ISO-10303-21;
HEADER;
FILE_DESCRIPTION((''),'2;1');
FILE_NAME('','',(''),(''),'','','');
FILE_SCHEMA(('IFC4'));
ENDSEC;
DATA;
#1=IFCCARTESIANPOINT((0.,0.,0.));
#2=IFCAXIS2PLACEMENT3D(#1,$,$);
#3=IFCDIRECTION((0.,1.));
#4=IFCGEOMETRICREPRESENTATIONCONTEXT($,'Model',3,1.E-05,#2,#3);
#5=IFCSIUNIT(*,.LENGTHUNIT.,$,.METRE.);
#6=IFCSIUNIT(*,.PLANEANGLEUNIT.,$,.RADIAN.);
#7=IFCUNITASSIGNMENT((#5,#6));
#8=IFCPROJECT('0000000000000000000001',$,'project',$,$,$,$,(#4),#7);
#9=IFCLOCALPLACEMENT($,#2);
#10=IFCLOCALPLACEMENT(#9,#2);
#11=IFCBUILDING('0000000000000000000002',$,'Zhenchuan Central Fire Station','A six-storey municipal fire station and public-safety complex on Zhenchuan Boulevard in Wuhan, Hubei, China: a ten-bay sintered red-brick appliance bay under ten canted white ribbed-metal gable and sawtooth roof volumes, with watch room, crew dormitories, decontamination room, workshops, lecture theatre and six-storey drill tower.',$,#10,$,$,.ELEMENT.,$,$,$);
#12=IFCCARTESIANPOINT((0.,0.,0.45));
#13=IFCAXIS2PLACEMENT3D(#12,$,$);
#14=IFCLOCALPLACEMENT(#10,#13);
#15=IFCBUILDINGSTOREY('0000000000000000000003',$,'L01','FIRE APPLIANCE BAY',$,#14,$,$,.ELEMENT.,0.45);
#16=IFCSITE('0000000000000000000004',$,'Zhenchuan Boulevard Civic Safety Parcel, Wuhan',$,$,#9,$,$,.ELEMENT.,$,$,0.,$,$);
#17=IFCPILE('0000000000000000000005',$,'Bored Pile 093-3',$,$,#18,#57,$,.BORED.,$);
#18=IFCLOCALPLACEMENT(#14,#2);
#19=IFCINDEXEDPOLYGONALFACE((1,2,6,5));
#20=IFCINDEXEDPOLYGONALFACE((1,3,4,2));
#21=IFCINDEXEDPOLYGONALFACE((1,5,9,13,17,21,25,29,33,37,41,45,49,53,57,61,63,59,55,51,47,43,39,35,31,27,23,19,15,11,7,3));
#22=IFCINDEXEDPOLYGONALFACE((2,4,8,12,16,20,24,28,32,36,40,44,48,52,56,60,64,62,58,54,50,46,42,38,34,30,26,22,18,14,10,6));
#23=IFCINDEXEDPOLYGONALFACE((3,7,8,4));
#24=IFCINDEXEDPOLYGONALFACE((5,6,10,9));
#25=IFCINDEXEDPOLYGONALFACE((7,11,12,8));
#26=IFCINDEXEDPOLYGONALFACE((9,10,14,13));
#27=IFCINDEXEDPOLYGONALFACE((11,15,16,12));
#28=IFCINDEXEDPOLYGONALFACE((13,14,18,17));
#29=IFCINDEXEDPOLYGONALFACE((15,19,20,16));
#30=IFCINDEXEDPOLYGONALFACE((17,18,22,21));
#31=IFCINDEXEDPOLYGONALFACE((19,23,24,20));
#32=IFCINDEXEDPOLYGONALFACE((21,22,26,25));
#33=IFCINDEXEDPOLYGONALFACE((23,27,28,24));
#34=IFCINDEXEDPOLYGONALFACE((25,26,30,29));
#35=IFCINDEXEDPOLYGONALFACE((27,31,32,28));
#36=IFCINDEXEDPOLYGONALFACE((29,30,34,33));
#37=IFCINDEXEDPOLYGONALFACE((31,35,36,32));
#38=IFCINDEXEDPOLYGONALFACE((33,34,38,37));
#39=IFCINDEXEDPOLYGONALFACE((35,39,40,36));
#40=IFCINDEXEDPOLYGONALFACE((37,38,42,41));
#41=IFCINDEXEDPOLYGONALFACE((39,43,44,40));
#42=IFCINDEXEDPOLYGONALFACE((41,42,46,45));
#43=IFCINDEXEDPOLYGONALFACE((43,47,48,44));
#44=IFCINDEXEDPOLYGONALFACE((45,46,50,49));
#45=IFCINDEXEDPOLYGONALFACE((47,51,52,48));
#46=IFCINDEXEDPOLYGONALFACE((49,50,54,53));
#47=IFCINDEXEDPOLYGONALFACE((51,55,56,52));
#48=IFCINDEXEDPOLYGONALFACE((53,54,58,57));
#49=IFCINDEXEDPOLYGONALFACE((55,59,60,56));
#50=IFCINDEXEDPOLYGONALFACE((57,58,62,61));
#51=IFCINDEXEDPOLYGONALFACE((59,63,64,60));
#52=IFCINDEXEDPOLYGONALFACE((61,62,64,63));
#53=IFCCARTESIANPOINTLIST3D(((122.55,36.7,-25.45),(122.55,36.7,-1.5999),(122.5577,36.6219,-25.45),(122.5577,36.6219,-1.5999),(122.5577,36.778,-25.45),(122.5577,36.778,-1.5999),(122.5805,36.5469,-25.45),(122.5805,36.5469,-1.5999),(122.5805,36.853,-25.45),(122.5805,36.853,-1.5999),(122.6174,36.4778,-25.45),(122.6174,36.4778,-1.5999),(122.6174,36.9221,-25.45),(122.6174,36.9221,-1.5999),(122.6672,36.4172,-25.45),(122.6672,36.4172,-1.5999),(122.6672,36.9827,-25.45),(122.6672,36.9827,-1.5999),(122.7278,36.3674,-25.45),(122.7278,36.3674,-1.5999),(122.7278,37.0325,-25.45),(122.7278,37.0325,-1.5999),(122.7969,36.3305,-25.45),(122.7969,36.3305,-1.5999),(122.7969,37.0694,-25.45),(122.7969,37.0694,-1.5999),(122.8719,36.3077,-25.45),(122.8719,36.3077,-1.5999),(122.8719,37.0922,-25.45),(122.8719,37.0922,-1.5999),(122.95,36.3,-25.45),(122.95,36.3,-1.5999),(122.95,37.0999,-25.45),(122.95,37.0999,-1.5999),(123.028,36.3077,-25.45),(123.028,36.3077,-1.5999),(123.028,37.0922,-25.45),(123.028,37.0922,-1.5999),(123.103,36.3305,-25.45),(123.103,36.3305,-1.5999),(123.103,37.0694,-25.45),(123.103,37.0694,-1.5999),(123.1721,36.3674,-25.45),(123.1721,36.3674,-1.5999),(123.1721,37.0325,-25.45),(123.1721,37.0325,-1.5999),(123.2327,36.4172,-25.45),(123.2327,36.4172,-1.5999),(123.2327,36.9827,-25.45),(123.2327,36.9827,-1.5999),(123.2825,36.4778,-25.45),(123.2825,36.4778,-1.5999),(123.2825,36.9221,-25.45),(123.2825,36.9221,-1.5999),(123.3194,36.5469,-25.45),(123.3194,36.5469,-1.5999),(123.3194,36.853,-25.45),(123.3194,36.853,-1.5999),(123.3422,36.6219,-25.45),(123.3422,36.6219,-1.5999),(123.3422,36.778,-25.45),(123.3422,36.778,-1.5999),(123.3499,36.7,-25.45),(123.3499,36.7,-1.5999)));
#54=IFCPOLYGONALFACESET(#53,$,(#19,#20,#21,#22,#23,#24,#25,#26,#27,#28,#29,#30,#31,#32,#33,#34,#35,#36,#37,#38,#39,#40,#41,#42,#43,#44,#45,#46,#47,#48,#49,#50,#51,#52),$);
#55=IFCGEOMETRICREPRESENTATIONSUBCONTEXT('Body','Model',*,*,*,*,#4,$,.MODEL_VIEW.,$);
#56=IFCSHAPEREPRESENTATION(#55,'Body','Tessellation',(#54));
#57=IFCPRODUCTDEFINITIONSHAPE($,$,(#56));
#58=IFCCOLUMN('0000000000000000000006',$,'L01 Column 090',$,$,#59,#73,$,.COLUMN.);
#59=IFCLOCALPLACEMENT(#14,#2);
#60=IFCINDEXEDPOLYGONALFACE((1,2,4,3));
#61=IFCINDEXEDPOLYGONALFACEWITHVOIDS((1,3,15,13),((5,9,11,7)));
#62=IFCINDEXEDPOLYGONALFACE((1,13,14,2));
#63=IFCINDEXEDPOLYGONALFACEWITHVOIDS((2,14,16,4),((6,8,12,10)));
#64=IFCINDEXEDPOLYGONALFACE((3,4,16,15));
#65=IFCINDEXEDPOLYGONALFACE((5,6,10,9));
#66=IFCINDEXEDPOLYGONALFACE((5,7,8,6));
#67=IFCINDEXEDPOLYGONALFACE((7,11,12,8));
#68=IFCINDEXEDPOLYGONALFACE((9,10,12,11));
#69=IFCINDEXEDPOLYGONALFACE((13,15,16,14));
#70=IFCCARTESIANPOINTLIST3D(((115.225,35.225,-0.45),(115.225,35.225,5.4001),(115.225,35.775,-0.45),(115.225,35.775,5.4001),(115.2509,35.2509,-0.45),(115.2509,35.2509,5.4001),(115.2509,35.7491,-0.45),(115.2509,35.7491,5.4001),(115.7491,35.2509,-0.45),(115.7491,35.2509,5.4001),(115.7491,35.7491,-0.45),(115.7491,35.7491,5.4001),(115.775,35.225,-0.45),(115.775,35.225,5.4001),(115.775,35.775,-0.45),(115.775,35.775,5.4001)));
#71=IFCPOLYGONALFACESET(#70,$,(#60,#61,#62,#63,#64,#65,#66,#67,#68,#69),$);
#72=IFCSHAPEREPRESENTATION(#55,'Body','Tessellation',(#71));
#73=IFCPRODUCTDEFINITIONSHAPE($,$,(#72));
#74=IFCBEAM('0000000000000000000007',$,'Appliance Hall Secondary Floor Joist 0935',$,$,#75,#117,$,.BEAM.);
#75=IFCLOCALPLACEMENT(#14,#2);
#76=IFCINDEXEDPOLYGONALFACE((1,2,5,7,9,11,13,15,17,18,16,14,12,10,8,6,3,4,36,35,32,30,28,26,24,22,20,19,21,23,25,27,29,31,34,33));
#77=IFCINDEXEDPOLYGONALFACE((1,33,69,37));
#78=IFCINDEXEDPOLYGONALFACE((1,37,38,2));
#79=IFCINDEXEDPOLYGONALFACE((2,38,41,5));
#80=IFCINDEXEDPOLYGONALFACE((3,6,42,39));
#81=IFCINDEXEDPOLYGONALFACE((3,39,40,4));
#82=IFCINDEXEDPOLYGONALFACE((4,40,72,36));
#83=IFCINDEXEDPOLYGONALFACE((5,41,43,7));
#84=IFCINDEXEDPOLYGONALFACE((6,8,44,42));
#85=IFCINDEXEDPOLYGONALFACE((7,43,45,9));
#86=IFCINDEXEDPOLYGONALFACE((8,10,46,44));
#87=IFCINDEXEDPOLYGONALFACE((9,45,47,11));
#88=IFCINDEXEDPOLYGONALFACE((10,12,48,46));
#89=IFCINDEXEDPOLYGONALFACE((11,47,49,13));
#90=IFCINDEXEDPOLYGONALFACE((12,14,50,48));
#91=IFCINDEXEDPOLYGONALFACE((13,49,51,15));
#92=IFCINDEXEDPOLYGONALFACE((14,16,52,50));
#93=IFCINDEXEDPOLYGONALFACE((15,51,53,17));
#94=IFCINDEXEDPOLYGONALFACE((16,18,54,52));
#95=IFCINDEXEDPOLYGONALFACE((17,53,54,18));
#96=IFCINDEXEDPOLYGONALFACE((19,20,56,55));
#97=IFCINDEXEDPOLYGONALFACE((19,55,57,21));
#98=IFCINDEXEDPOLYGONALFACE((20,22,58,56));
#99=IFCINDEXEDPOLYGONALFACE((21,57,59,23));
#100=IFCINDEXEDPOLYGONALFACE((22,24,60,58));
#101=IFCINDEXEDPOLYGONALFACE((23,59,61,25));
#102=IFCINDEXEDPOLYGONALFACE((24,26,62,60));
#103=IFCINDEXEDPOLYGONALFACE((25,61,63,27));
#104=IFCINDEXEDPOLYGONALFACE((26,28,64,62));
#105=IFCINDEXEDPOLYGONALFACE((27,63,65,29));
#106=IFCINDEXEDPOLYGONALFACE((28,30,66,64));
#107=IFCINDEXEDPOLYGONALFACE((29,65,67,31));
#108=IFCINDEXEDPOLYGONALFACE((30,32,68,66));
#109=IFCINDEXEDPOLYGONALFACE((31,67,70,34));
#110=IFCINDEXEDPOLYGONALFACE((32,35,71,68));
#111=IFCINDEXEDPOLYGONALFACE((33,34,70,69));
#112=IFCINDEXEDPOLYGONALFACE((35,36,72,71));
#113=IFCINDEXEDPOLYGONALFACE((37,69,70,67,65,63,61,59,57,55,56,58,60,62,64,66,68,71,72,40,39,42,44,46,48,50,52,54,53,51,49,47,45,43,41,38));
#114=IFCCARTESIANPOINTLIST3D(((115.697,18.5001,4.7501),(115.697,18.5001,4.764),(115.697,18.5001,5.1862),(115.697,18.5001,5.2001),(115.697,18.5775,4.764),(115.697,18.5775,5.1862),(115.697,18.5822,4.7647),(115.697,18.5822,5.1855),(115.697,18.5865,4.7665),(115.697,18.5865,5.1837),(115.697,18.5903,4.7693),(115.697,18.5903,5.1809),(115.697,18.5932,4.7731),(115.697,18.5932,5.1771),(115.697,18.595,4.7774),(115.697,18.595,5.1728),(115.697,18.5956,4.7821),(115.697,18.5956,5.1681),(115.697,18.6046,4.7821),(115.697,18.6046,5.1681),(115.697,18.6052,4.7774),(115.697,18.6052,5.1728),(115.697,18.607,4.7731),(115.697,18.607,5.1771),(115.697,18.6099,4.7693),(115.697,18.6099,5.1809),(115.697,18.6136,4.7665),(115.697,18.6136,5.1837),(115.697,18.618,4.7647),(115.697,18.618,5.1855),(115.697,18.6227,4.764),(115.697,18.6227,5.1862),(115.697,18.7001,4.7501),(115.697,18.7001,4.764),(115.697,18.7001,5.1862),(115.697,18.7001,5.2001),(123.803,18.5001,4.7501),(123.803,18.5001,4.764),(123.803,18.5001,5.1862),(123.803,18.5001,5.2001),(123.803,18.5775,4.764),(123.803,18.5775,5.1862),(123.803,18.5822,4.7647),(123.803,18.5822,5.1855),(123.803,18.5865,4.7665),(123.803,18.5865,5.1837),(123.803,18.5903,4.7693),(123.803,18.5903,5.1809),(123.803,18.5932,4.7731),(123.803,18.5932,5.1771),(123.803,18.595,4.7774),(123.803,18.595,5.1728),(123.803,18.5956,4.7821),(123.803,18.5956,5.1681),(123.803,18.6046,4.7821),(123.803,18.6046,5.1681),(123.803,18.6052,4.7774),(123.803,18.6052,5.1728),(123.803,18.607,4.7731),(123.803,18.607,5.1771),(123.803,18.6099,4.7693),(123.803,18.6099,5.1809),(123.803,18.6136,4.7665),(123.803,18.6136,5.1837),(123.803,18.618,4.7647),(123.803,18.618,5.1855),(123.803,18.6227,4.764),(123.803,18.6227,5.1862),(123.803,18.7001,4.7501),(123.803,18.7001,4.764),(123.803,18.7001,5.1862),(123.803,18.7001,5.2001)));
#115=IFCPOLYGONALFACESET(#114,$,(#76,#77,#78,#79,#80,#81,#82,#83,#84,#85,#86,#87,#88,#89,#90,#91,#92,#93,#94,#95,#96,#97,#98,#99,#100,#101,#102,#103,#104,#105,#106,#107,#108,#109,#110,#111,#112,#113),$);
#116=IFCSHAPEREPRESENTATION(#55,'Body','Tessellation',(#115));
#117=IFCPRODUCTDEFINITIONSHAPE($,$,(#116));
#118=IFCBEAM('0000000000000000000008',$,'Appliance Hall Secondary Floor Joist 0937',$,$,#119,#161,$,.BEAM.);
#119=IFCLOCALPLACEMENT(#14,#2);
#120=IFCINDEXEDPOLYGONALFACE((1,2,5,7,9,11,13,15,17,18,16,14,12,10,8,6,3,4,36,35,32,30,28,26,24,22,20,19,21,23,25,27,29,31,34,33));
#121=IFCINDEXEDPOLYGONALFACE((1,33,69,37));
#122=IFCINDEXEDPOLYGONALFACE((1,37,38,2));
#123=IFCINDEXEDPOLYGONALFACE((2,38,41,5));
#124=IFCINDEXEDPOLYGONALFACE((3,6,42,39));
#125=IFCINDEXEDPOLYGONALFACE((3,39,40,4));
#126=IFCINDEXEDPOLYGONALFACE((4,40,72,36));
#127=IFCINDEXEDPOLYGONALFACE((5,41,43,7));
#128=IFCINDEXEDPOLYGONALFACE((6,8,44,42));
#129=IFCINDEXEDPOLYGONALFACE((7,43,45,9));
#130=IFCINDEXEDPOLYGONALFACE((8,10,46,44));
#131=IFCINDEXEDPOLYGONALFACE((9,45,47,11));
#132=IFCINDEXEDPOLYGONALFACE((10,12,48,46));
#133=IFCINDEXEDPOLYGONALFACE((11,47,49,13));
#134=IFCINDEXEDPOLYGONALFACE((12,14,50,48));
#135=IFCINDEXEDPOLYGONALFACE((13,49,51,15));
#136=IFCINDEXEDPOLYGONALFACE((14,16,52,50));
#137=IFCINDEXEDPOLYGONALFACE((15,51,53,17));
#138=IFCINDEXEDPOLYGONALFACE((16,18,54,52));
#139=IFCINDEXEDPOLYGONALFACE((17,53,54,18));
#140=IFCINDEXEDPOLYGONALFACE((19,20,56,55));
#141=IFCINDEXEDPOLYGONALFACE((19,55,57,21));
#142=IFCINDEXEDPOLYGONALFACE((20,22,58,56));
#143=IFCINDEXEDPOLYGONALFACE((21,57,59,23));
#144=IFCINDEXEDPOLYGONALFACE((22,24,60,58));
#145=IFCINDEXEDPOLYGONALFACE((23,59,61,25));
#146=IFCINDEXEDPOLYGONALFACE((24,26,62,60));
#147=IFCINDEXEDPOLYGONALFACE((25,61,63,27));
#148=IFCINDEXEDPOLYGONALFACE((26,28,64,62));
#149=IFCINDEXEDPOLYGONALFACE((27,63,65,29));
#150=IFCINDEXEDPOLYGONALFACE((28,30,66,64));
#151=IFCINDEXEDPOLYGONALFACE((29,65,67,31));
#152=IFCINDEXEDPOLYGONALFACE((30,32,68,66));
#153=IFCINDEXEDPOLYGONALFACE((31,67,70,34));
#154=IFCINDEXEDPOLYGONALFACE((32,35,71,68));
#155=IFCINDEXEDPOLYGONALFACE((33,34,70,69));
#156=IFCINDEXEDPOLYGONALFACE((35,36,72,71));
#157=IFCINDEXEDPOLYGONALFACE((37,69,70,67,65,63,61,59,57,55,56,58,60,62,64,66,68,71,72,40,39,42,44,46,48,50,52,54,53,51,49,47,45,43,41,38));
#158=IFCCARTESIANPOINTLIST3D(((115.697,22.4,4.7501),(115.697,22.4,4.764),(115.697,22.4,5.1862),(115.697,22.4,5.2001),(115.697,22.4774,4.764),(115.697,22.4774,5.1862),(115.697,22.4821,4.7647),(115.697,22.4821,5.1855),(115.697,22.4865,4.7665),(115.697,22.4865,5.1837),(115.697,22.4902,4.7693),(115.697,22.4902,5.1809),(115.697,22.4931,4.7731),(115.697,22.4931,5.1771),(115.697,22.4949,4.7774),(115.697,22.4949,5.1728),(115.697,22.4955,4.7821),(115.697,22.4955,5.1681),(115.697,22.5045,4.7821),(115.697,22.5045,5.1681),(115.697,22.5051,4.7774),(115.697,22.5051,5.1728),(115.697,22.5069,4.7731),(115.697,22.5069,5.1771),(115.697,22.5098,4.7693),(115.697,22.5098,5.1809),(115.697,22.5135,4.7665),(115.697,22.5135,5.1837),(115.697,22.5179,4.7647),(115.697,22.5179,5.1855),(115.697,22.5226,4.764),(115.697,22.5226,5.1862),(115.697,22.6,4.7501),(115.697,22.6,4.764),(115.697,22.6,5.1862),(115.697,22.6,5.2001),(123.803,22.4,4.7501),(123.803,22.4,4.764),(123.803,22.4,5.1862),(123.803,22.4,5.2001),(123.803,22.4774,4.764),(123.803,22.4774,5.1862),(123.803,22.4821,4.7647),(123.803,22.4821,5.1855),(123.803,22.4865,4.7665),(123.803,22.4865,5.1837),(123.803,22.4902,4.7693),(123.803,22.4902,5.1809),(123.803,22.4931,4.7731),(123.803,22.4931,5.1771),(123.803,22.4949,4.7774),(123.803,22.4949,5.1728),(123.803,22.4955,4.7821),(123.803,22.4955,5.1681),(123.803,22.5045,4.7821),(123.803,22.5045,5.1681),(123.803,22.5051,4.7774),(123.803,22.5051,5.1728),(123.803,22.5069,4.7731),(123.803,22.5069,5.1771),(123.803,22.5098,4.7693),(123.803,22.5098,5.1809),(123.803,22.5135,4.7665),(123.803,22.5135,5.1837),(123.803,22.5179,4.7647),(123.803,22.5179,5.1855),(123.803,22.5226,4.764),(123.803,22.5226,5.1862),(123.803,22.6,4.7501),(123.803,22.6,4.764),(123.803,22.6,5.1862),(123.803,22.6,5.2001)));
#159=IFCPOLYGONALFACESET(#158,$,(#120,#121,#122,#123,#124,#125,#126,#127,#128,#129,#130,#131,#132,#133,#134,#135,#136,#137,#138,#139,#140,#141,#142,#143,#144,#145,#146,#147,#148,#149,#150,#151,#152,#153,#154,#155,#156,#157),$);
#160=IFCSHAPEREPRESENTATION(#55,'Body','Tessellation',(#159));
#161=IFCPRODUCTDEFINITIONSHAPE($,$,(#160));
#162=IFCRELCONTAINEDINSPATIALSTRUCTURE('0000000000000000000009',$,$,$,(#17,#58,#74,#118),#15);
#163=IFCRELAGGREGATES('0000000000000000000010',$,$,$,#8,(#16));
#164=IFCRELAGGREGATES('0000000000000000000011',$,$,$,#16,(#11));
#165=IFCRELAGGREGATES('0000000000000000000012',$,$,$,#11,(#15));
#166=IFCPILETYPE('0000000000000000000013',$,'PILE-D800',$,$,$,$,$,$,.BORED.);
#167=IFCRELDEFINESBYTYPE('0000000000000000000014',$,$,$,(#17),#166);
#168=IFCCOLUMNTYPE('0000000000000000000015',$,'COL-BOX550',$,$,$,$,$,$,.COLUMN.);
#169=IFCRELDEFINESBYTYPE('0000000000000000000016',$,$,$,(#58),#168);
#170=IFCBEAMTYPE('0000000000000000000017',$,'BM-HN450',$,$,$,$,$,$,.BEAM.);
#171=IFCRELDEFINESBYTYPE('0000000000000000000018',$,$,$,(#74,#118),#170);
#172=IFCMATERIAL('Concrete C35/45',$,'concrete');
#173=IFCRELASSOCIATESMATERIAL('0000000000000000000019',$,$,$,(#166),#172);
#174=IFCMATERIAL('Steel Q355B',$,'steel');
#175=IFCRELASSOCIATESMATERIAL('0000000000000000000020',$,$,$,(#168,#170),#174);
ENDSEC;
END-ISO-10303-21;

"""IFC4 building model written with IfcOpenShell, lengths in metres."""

from ifc_helpers import new_model, si_unit, direction, frame, origin, origin_2d, place, context, subcontext, project, spatial, hollow_rectangle, circle, i_section, extrude, material, material_profile, profile_set, type_object, element, save


model = new_model("IFC4")

# Units and contexts
model_context = context("Model", 3, precision=1e-05, world=origin(), true_north=direction((0.0, 1.0)))
body_context = subcontext(model_context, "Body", "Model", "MODEL_VIEW")
ifc_project = project(units=[si_unit("LENGTHUNIT", "METRE"), si_unit("PLANEANGLEUNIT", "RADIAN")], contexts=[model_context])

# Site, building, storey
site_placement = place(None, origin())
site = spatial("IfcSite", under=ifc_project, at=site_placement, Name="Zhenchuan Boulevard Civic Safety Parcel, Wuhan", CompositionType="ELEMENT", RefElevation=0.0)
building_placement = place(site_placement, origin())
building = spatial("IfcBuilding", under=site, at=building_placement, Name="Zhenchuan Central Fire Station", Description="A six-storey municipal fire station and public-safety complex on Zhenchuan Boulevard in Wuhan, Hubei, China: a ten-bay sintered red-brick appliance bay under ten canted white ribbed-metal gable and sawtooth roof volumes, with watch room, crew dormitories, decontamination room, workshops, lecture theatre and six-storey drill tower.", CompositionType="ELEMENT")
storey_placement = place(building_placement, frame((0.0, 0.0, 0.45)))
storey = spatial("IfcBuildingStorey", under=building, at=storey_placement, Name="L01", Description="FIRE APPLIANCE BAY", CompositionType="ELEMENT", Elevation=0.45)

# Pile
ifc_material_1 = material(Name="Concrete C35/45", Category="concrete")
ifc_material_profile_1 = material_profile(ifc_material_1, circle(Radius=0.3999, at=origin_2d()), Name="PILE D800")
ifc_profile_set_1 = profile_set([ifc_material_profile_1], Name="Concrete C35/45")
pile_type_1 = type_object("IfcPileType", Name="PILE-D800", PredefinedType="BORED", material=ifc_profile_set_1)
for number, where, z_axis, x_axis, name in (
    (1, (122.95, 36.7, -1.5999), (0.0, 0.0, -1.0), (1.0, 0.0, 0.0), "Bored Pile 093-3"),
):
    element("IfcPile", number, at=place(storey_placement, frame(where, z_axis=z_axis, x_axis=x_axis)), inside=storey, type_object=pile_type_1, Name=name, PredefinedType="BORED", context=body_context, shape_type="SweptSolid", body=[
        extrude(circle(Radius=0.3999, at=origin_2d()), origin(), (0.0, 0.0, 1.0), 23.8501),
    ])

# Column
ifc_material_2 = material(Name="Steel Q355B", Category="steel")
ifc_material_profile_2 = material_profile(ifc_material_2, hollow_rectangle(XDim=0.55, YDim=0.55, WallThickness=0.0259, at=origin_2d()), Name="BOX 550x550x26")
ifc_profile_set_2 = profile_set([ifc_material_profile_2], Name="Steel Q355B")
column_type = type_object("IfcColumnType", Name="COL-BOX550", PredefinedType="COLUMN", material=ifc_profile_set_2)
column_placement = place(storey_placement, frame((115.5, 35.5, -0.45), z_axis=(0.0, 0.0, 1.0), x_axis=(1.0, 0.0, 0.0)))
element("IfcColumn", 2, at=column_placement, inside=storey, type_object=column_type, Name="L01 Column 090", PredefinedType="COLUMN", context=body_context, shape_type="SweptSolid", body=[
    extrude(hollow_rectangle(XDim=0.55, YDim=0.55, WallThickness=0.0259, at=origin_2d()), origin(), (0.0, 0.0, 1.0), 5.8501),
])

# Beams
ifc_material_profile_3 = material_profile(ifc_material_2, i_section(OverallWidth=0.2, OverallDepth=0.45, WebThickness=0.009, FlangeThickness=0.0139, FilletRadius=0.0181, at=origin_2d()), Name="HN 450x200")
ifc_profile_set_3 = profile_set([ifc_material_profile_3], Name="Steel Q355B")
beam_type_1 = type_object("IfcBeamType", Name="BM-HN450", PredefinedType="BEAM", material=ifc_profile_set_3)
for number, where, z_axis, x_axis, name in (
    (3, (115.697, 18.6001, 4.9751), (1.0, 0.0, 0.0), (0.0, 1.0, 0.0), "Appliance Hall Secondary Floor Joist 0935"),
    (4, (115.697, 22.5, 4.9751), (1.0, 0.0, 0.0), (0.0, 1.0, 0.0), "Appliance Hall Secondary Floor Joist 0937"),
):
    element("IfcBeam", number, at=place(storey_placement, frame(where, z_axis=z_axis, x_axis=x_axis)), inside=storey, type_object=beam_type_1, Name=name, PredefinedType="BEAM", context=body_context, shape_type="SweptSolid", body=[
        extrude(i_section(OverallWidth=0.2, OverallDepth=0.45, WebThickness=0.009, FlangeThickness=0.0139, FilletRadius=0.0181, at=origin_2d()), origin(), (0.0, 0.0, 1.0), 8.106),
    ])

save(model, "model.ifc")
